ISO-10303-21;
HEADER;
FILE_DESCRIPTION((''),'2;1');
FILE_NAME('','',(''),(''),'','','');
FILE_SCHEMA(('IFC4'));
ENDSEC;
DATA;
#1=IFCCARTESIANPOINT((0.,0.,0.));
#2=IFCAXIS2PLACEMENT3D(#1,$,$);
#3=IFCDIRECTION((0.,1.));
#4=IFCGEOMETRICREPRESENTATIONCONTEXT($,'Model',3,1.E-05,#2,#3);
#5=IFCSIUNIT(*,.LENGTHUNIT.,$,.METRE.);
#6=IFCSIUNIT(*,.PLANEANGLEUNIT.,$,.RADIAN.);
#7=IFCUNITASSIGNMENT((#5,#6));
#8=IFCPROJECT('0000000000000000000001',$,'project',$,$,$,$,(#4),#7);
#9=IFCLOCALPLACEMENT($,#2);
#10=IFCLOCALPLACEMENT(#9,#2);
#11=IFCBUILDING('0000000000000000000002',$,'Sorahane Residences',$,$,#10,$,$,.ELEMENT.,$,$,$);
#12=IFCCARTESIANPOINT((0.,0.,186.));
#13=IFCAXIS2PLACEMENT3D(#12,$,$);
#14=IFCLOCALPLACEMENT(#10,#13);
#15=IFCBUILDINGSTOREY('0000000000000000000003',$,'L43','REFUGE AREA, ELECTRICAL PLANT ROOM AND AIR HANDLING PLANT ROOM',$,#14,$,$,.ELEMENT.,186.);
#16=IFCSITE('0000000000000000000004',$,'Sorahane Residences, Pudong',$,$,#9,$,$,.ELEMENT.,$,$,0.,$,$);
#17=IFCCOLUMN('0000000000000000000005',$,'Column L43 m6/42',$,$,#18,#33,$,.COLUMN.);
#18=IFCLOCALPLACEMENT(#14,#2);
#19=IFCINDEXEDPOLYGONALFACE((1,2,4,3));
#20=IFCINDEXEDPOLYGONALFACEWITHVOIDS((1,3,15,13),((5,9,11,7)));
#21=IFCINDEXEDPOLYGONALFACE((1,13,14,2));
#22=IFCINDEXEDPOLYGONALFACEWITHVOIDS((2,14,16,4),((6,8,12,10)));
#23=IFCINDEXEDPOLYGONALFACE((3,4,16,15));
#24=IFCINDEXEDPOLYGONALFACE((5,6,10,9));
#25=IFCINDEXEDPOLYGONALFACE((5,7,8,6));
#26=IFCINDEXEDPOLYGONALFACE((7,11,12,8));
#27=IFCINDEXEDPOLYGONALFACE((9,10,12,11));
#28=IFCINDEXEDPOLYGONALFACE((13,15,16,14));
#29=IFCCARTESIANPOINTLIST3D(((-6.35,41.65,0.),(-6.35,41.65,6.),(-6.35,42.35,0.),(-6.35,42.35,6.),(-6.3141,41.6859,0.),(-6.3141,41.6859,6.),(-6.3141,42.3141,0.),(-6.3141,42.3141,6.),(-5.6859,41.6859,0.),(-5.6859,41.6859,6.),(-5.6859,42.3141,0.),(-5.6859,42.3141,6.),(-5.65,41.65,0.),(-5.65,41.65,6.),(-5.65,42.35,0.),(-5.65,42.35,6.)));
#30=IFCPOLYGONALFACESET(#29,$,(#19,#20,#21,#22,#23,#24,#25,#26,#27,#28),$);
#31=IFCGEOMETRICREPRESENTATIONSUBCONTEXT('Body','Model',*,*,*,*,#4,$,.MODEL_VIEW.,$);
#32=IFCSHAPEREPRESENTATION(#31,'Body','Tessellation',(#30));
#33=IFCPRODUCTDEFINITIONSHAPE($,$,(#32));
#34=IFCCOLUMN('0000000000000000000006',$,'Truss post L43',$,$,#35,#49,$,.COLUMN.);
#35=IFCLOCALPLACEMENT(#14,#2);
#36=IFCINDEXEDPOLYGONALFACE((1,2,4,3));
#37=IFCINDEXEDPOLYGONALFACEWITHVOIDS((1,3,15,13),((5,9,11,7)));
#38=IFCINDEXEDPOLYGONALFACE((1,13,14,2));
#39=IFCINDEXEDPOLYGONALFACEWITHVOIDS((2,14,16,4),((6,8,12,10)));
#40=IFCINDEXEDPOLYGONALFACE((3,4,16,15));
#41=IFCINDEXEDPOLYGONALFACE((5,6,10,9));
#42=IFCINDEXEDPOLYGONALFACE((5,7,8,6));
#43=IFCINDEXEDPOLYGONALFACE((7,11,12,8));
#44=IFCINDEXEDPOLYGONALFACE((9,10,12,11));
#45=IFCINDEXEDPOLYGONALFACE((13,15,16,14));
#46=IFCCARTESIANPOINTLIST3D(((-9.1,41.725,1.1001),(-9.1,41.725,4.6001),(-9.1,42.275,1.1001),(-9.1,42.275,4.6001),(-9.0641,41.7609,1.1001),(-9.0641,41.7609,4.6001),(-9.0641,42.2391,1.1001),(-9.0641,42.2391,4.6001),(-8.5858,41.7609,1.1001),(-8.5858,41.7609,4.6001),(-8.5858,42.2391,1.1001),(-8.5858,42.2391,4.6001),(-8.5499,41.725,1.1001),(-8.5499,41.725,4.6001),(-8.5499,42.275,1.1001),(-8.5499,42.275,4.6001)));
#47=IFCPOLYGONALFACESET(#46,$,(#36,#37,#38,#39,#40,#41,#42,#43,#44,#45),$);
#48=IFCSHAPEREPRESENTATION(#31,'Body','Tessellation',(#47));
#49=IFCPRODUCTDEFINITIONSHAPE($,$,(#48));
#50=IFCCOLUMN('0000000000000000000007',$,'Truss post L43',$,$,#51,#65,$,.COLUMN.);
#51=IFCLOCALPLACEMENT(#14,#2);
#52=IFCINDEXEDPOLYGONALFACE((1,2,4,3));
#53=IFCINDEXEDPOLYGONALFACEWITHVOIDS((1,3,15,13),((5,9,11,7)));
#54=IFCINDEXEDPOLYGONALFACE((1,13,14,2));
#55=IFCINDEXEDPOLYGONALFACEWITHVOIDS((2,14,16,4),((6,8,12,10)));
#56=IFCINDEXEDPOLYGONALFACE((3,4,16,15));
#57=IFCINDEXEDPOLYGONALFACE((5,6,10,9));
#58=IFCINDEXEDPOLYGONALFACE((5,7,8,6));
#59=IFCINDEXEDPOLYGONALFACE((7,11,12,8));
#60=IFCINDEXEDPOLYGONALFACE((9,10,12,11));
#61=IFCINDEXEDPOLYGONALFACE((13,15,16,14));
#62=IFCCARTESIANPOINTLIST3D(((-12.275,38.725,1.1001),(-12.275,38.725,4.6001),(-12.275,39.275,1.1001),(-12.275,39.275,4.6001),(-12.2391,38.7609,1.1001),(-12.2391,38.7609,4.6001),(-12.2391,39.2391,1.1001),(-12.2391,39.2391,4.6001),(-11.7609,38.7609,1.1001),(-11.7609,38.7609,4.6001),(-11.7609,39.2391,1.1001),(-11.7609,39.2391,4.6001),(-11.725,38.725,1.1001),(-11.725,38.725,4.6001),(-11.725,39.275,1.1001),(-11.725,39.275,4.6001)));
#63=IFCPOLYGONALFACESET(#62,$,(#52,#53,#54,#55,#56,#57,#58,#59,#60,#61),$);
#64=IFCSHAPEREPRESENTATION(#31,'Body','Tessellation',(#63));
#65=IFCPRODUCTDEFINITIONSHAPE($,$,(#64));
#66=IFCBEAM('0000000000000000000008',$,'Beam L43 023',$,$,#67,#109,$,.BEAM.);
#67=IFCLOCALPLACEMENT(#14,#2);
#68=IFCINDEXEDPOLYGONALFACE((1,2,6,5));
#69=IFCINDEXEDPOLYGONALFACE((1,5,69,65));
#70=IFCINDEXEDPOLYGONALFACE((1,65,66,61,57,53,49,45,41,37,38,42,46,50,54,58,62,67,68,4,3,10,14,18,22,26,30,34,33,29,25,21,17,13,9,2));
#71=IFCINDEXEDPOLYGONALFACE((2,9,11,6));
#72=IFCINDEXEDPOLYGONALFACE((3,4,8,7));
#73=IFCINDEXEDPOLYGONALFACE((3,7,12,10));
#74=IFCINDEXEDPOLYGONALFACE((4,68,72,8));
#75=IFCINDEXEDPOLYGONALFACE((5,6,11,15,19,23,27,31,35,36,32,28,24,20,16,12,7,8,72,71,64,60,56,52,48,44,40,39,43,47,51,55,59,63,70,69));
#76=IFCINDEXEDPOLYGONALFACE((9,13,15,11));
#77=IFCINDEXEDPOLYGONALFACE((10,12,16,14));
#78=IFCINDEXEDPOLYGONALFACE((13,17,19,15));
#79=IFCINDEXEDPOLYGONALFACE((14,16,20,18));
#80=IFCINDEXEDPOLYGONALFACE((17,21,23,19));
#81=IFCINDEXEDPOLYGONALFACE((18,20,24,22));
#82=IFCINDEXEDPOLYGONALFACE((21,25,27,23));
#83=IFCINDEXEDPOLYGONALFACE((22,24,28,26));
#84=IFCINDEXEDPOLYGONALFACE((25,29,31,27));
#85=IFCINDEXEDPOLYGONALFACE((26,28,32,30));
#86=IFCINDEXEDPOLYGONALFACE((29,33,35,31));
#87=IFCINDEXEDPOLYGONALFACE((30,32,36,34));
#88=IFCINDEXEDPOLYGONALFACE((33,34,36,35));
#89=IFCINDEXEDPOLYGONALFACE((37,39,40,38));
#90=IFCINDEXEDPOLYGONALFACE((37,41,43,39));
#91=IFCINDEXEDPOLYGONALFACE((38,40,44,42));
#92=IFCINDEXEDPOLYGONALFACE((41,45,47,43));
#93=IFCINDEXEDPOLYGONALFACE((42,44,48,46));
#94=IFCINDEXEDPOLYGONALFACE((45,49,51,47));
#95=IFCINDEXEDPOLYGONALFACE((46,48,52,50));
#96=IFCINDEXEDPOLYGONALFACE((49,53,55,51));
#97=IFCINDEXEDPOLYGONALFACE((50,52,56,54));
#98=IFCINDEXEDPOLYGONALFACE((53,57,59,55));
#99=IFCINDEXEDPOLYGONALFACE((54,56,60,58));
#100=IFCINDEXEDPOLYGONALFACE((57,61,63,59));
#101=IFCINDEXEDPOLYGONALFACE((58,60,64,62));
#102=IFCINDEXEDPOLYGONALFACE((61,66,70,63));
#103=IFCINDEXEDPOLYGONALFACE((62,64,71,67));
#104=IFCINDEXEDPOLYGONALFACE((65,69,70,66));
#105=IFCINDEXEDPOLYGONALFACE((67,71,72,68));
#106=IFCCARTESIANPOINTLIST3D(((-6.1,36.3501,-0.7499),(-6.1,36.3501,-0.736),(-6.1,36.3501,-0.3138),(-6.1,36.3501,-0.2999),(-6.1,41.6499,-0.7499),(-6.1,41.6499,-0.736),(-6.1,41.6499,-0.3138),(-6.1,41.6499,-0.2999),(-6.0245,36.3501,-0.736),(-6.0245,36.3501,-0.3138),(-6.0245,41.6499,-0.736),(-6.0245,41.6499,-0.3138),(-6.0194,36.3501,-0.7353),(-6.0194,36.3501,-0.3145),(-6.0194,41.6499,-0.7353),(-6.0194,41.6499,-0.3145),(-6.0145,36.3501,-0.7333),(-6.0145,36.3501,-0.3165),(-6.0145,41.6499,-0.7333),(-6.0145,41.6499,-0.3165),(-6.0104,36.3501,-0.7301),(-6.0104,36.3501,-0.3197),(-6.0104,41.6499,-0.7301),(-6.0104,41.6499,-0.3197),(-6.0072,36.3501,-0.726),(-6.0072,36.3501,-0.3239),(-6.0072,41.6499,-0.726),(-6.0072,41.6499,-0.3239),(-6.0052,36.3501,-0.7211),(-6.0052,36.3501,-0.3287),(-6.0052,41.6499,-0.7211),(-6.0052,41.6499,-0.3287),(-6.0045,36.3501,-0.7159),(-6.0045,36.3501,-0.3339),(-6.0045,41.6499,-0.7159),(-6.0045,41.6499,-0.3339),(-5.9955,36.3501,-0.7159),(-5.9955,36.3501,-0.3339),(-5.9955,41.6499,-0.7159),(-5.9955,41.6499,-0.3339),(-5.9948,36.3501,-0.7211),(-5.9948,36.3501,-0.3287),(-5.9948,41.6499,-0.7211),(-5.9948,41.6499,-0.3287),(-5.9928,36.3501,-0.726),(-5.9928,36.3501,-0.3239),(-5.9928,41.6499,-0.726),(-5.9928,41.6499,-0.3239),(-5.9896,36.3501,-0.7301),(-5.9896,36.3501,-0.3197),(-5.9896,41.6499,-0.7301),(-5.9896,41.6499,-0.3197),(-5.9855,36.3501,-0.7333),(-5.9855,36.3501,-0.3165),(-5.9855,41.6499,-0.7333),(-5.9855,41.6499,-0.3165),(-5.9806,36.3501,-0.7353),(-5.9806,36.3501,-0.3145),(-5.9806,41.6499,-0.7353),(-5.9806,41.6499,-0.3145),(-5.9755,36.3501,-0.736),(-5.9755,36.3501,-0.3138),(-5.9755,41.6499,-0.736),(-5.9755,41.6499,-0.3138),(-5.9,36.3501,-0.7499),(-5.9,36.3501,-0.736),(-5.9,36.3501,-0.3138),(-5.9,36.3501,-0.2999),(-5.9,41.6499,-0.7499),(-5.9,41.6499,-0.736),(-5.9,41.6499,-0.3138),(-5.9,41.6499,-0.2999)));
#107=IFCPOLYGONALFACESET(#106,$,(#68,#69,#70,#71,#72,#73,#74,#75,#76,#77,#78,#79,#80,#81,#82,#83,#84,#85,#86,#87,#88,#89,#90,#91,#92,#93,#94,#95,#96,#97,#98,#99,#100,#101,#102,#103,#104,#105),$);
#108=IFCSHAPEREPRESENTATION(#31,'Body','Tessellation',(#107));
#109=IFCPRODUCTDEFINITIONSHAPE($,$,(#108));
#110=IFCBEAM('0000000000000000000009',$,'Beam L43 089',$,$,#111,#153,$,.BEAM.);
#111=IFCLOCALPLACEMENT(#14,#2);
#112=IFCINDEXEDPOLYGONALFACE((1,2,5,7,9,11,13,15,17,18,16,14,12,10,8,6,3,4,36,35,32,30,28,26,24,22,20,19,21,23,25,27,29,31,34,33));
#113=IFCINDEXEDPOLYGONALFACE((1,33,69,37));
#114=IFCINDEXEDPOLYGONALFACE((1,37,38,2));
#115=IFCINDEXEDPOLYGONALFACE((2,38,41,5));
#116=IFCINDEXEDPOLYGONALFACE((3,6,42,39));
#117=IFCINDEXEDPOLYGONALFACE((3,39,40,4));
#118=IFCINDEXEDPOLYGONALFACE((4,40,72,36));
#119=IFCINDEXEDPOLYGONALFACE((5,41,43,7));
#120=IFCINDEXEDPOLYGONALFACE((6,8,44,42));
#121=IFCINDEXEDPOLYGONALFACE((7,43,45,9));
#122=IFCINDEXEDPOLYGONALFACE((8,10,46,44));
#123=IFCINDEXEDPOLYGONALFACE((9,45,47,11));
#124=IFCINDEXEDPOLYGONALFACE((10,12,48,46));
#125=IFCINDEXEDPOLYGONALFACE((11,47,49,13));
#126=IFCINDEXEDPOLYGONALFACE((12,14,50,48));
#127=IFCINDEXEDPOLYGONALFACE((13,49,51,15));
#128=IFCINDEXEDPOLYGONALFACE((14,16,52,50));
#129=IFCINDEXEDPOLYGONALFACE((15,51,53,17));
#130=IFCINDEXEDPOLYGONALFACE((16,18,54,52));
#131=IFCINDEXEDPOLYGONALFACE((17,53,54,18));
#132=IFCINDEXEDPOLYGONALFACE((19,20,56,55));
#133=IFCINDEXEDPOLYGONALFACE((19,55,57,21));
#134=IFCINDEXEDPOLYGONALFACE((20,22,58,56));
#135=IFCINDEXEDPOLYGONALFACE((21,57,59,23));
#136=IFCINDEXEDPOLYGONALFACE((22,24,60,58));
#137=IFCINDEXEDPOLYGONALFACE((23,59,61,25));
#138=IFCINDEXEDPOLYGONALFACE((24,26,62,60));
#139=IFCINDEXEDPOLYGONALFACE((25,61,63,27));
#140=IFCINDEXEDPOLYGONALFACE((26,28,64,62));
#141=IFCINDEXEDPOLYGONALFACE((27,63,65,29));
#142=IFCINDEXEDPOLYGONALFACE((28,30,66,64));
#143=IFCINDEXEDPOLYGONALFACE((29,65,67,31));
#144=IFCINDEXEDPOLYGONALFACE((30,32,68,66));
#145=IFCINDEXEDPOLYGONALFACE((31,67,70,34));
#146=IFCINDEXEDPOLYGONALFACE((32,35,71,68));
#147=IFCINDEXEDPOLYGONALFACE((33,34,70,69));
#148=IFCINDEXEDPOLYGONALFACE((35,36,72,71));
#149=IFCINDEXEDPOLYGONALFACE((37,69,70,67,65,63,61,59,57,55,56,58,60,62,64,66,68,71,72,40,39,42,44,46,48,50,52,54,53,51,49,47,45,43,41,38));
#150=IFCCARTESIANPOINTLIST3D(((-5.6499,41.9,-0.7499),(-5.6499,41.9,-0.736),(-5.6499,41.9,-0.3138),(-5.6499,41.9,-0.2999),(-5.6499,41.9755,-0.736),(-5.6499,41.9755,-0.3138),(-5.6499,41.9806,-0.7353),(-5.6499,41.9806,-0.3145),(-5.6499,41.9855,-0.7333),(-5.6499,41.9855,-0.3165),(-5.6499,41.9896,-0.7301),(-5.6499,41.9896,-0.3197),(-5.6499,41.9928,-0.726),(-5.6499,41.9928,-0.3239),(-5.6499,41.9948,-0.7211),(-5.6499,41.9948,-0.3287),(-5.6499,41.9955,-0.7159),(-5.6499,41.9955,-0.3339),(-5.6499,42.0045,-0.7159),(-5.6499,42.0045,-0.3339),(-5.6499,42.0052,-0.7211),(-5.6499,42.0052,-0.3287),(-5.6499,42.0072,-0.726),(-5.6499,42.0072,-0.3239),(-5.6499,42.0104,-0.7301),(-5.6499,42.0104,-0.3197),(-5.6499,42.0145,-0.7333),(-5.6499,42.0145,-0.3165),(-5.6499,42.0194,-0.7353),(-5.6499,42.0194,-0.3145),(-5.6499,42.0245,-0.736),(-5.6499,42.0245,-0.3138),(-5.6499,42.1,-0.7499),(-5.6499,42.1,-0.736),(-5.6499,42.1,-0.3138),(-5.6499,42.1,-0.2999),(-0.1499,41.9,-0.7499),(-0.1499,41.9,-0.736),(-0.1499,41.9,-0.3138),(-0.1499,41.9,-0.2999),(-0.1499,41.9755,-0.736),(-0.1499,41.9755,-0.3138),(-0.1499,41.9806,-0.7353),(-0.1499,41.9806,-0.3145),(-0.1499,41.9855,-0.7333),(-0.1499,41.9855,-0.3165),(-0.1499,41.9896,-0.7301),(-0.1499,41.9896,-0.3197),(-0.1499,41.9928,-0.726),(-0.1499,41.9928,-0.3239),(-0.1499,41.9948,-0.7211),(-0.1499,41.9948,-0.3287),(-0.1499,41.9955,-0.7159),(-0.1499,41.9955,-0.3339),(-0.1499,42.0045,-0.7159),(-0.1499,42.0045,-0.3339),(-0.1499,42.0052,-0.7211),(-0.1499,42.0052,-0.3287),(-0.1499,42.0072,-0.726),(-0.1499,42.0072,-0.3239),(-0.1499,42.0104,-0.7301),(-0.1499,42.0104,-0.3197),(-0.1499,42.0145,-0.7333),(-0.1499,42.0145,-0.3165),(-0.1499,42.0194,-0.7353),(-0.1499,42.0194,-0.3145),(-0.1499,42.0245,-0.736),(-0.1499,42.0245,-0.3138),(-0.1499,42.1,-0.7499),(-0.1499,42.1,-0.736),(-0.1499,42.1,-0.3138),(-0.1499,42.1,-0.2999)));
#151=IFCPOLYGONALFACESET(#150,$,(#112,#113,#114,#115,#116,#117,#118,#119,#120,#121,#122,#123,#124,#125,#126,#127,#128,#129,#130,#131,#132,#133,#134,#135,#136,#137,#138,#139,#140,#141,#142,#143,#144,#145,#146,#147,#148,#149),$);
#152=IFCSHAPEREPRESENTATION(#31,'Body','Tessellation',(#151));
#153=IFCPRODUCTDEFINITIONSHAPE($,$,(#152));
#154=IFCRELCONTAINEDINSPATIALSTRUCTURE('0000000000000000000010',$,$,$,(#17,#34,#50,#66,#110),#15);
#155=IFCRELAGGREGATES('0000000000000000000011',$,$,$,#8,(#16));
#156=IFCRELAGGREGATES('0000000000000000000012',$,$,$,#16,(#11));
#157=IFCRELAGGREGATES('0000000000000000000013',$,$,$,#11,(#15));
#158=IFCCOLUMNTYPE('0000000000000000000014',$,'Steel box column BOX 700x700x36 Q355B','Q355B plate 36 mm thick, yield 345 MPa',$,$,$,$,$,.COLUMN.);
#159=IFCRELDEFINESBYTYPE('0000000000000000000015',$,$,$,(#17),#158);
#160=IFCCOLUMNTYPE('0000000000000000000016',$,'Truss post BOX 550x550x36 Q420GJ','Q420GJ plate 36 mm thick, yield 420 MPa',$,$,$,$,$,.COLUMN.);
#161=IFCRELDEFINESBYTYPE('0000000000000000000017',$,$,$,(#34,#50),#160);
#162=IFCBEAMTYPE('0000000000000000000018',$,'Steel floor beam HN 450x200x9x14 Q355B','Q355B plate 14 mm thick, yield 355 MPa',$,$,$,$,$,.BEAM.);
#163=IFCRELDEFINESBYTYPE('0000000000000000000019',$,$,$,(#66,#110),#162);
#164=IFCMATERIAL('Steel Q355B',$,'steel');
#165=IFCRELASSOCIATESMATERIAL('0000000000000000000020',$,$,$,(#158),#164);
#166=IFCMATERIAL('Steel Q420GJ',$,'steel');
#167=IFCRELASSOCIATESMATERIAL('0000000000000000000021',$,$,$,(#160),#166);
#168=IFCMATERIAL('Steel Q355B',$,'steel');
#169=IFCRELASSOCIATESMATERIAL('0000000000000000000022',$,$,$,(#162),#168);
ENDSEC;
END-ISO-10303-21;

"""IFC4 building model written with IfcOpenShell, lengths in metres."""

from ifc_helpers import new_model, si_unit, direction, frame, origin, origin_2d, place, context, subcontext, project, spatial, hollow_rectangle, i_section, extrude, material, material_profile, profile_set, type_object, element, save


model = new_model("IFC4")

# Units and contexts
model_context = context("Model", 3, precision=1e-05, world=origin(), true_north=direction((0.0, 1.0)))
body_context = subcontext(model_context, "Body", "Model", "MODEL_VIEW")
ifc_project = project(units=[si_unit("LENGTHUNIT", "METRE"), si_unit("PLANEANGLEUNIT", "RADIAN")], contexts=[model_context])

# Site, building, storey
site_placement = place(None, origin())
site = spatial("IfcSite", under=ifc_project, at=site_placement, Name="Sorahane Residences, Pudong", CompositionType="ELEMENT", RefElevation=0.0)
building_placement = place(site_placement, origin())
building = spatial("IfcBuilding", under=site, at=building_placement, Name="Sorahane Residences", CompositionType="ELEMENT")
storey_placement = place(building_placement, frame((0.0, 0.0, 186.0)))
storey = spatial("IfcBuildingStorey", under=building, at=storey_placement, Name="L43", Description="REFUGE AREA, ELECTRICAL PLANT ROOM AND AIR HANDLING PLANT ROOM", CompositionType="ELEMENT", Elevation=186.0)

# Columns
ifc_material_1 = material(Name="Steel Q355B", Category="steel")
ifc_material_profile_1 = material_profile(ifc_material_1, hollow_rectangle(XDim=0.7, YDim=0.7, WallThickness=0.0359, at=origin_2d()), Name="BOX 700x700x36")
ifc_profile_set_1 = profile_set([ifc_material_profile_1], Name="Steel Q355B")
column_type_1 = type_object("IfcColumnType", Name="Steel box column BOX 700x700x36 Q355B", Description="Q355B plate 36 mm thick, yield 345 MPa", PredefinedType="COLUMN", material=ifc_profile_set_1)
column_placement = place(storey_placement, frame((-6.0, 42.0, 0.0), z_axis=(0.0, 0.0, 1.0), x_axis=(1.0, 0.0, 0.0)))
element("IfcColumn", 1, at=column_placement, inside=storey, type_object=column_type_1, Name="Column L43 m6/42", PredefinedType="COLUMN", context=body_context, shape_type="SweptSolid", body=[
    extrude(hollow_rectangle(XDim=0.7, YDim=0.7, WallThickness=0.0359, at=origin_2d()), origin(), (0.0, 0.0, 1.0), 6.0),
])
ifc_material_2 = material(Name="Steel Q420GJ", Category="steel")
ifc_material_profile_2 = material_profile(ifc_material_2, hollow_rectangle(XDim=0.55, YDim=0.55, WallThickness=0.0359, at=origin_2d()), Name="BOX 550x550x36")
ifc_profile_set_2 = profile_set([ifc_material_profile_2], Name="Steel Q420GJ")
column_type_2 = type_object("IfcColumnType", Name="Truss post BOX 550x550x36 Q420GJ", Description="Q420GJ plate 36 mm thick, yield 420 MPa", PredefinedType="COLUMN", material=ifc_profile_set_2)
for number, where, z_axis, x_axis, name in (
    (2, (-8.825, 42.0, 1.1001), (0.0, 0.0, 1.0), (1.0, 0.0, 0.0), "Truss post L43"),
    (3, (-12.0, 39.0, 1.1001), (0.0, 0.0, 1.0), (1.0, 0.0, 0.0), "Truss post L43"),
):
    element("IfcColumn", number, at=place(storey_placement, frame(where, z_axis=z_axis, x_axis=x_axis)), inside=storey, type_object=column_type_2, Name=name, PredefinedType="COLUMN", context=body_context, shape_type="SweptSolid", body=[
        extrude(hollow_rectangle(XDim=0.55, YDim=0.55, WallThickness=0.0359, at=origin_2d()), origin(), (0.0, 0.0, 1.0), 3.5),
    ])

# Beams
ifc_material_3 = material(Name="Steel Q355B", Category="steel")
ifc_material_profile_3 = material_profile(ifc_material_3, i_section(OverallWidth=0.2, OverallDepth=0.45, WebThickness=0.009, FlangeThickness=0.0139, FilletRadius=0.02, at=origin_2d()), Name="HN 450x200x9x14")
ifc_profile_set_3 = profile_set([ifc_material_profile_3], Name="Steel Q355B")
beam_type_1 = type_object("IfcBeamType", Name="Steel floor beam HN 450x200x9x14 Q355B", Description="Q355B plate 14 mm thick, yield 355 MPa", PredefinedType="BEAM", material=ifc_profile_set_3)
beam_1_placement = place(storey_placement, frame((-6.0, 36.3501, -0.5249), z_axis=(0.0, 1.0, 0.0), x_axis=(-1.0, 0.0, 0.0)))
element("IfcBeam", 4, at=beam_1_placement, inside=storey, type_object=beam_type_1, Name="Beam L43 023", PredefinedType="BEAM", context=body_context, shape_type="SweptSolid", body=[
    extrude(i_section(OverallWidth=0.2, OverallDepth=0.45, WebThickness=0.009, FlangeThickness=0.0139, FilletRadius=0.02, at=origin_2d()), origin(), (0.0, 0.0, 1.0), 5.2998),
])
beam_2_placement = place(storey_placement, frame((-5.6499, 42.0, -0.5249), z_axis=(1.0, 0.0, 0.0), x_axis=(0.0, 1.0, 0.0)))
element("IfcBeam", 5, at=beam_2_placement, inside=storey, type_object=beam_type_1, Name="Beam L43 089", PredefinedType="BEAM", context=body_context, shape_type="SweptSolid", body=[
    extrude(i_section(OverallWidth=0.2, OverallDepth=0.45, WebThickness=0.009, FlangeThickness=0.0139, FilletRadius=0.02, at=origin_2d()), origin(), (0.0, 0.0, 1.0), 5.5),
])

save(model, "model.ifc")
